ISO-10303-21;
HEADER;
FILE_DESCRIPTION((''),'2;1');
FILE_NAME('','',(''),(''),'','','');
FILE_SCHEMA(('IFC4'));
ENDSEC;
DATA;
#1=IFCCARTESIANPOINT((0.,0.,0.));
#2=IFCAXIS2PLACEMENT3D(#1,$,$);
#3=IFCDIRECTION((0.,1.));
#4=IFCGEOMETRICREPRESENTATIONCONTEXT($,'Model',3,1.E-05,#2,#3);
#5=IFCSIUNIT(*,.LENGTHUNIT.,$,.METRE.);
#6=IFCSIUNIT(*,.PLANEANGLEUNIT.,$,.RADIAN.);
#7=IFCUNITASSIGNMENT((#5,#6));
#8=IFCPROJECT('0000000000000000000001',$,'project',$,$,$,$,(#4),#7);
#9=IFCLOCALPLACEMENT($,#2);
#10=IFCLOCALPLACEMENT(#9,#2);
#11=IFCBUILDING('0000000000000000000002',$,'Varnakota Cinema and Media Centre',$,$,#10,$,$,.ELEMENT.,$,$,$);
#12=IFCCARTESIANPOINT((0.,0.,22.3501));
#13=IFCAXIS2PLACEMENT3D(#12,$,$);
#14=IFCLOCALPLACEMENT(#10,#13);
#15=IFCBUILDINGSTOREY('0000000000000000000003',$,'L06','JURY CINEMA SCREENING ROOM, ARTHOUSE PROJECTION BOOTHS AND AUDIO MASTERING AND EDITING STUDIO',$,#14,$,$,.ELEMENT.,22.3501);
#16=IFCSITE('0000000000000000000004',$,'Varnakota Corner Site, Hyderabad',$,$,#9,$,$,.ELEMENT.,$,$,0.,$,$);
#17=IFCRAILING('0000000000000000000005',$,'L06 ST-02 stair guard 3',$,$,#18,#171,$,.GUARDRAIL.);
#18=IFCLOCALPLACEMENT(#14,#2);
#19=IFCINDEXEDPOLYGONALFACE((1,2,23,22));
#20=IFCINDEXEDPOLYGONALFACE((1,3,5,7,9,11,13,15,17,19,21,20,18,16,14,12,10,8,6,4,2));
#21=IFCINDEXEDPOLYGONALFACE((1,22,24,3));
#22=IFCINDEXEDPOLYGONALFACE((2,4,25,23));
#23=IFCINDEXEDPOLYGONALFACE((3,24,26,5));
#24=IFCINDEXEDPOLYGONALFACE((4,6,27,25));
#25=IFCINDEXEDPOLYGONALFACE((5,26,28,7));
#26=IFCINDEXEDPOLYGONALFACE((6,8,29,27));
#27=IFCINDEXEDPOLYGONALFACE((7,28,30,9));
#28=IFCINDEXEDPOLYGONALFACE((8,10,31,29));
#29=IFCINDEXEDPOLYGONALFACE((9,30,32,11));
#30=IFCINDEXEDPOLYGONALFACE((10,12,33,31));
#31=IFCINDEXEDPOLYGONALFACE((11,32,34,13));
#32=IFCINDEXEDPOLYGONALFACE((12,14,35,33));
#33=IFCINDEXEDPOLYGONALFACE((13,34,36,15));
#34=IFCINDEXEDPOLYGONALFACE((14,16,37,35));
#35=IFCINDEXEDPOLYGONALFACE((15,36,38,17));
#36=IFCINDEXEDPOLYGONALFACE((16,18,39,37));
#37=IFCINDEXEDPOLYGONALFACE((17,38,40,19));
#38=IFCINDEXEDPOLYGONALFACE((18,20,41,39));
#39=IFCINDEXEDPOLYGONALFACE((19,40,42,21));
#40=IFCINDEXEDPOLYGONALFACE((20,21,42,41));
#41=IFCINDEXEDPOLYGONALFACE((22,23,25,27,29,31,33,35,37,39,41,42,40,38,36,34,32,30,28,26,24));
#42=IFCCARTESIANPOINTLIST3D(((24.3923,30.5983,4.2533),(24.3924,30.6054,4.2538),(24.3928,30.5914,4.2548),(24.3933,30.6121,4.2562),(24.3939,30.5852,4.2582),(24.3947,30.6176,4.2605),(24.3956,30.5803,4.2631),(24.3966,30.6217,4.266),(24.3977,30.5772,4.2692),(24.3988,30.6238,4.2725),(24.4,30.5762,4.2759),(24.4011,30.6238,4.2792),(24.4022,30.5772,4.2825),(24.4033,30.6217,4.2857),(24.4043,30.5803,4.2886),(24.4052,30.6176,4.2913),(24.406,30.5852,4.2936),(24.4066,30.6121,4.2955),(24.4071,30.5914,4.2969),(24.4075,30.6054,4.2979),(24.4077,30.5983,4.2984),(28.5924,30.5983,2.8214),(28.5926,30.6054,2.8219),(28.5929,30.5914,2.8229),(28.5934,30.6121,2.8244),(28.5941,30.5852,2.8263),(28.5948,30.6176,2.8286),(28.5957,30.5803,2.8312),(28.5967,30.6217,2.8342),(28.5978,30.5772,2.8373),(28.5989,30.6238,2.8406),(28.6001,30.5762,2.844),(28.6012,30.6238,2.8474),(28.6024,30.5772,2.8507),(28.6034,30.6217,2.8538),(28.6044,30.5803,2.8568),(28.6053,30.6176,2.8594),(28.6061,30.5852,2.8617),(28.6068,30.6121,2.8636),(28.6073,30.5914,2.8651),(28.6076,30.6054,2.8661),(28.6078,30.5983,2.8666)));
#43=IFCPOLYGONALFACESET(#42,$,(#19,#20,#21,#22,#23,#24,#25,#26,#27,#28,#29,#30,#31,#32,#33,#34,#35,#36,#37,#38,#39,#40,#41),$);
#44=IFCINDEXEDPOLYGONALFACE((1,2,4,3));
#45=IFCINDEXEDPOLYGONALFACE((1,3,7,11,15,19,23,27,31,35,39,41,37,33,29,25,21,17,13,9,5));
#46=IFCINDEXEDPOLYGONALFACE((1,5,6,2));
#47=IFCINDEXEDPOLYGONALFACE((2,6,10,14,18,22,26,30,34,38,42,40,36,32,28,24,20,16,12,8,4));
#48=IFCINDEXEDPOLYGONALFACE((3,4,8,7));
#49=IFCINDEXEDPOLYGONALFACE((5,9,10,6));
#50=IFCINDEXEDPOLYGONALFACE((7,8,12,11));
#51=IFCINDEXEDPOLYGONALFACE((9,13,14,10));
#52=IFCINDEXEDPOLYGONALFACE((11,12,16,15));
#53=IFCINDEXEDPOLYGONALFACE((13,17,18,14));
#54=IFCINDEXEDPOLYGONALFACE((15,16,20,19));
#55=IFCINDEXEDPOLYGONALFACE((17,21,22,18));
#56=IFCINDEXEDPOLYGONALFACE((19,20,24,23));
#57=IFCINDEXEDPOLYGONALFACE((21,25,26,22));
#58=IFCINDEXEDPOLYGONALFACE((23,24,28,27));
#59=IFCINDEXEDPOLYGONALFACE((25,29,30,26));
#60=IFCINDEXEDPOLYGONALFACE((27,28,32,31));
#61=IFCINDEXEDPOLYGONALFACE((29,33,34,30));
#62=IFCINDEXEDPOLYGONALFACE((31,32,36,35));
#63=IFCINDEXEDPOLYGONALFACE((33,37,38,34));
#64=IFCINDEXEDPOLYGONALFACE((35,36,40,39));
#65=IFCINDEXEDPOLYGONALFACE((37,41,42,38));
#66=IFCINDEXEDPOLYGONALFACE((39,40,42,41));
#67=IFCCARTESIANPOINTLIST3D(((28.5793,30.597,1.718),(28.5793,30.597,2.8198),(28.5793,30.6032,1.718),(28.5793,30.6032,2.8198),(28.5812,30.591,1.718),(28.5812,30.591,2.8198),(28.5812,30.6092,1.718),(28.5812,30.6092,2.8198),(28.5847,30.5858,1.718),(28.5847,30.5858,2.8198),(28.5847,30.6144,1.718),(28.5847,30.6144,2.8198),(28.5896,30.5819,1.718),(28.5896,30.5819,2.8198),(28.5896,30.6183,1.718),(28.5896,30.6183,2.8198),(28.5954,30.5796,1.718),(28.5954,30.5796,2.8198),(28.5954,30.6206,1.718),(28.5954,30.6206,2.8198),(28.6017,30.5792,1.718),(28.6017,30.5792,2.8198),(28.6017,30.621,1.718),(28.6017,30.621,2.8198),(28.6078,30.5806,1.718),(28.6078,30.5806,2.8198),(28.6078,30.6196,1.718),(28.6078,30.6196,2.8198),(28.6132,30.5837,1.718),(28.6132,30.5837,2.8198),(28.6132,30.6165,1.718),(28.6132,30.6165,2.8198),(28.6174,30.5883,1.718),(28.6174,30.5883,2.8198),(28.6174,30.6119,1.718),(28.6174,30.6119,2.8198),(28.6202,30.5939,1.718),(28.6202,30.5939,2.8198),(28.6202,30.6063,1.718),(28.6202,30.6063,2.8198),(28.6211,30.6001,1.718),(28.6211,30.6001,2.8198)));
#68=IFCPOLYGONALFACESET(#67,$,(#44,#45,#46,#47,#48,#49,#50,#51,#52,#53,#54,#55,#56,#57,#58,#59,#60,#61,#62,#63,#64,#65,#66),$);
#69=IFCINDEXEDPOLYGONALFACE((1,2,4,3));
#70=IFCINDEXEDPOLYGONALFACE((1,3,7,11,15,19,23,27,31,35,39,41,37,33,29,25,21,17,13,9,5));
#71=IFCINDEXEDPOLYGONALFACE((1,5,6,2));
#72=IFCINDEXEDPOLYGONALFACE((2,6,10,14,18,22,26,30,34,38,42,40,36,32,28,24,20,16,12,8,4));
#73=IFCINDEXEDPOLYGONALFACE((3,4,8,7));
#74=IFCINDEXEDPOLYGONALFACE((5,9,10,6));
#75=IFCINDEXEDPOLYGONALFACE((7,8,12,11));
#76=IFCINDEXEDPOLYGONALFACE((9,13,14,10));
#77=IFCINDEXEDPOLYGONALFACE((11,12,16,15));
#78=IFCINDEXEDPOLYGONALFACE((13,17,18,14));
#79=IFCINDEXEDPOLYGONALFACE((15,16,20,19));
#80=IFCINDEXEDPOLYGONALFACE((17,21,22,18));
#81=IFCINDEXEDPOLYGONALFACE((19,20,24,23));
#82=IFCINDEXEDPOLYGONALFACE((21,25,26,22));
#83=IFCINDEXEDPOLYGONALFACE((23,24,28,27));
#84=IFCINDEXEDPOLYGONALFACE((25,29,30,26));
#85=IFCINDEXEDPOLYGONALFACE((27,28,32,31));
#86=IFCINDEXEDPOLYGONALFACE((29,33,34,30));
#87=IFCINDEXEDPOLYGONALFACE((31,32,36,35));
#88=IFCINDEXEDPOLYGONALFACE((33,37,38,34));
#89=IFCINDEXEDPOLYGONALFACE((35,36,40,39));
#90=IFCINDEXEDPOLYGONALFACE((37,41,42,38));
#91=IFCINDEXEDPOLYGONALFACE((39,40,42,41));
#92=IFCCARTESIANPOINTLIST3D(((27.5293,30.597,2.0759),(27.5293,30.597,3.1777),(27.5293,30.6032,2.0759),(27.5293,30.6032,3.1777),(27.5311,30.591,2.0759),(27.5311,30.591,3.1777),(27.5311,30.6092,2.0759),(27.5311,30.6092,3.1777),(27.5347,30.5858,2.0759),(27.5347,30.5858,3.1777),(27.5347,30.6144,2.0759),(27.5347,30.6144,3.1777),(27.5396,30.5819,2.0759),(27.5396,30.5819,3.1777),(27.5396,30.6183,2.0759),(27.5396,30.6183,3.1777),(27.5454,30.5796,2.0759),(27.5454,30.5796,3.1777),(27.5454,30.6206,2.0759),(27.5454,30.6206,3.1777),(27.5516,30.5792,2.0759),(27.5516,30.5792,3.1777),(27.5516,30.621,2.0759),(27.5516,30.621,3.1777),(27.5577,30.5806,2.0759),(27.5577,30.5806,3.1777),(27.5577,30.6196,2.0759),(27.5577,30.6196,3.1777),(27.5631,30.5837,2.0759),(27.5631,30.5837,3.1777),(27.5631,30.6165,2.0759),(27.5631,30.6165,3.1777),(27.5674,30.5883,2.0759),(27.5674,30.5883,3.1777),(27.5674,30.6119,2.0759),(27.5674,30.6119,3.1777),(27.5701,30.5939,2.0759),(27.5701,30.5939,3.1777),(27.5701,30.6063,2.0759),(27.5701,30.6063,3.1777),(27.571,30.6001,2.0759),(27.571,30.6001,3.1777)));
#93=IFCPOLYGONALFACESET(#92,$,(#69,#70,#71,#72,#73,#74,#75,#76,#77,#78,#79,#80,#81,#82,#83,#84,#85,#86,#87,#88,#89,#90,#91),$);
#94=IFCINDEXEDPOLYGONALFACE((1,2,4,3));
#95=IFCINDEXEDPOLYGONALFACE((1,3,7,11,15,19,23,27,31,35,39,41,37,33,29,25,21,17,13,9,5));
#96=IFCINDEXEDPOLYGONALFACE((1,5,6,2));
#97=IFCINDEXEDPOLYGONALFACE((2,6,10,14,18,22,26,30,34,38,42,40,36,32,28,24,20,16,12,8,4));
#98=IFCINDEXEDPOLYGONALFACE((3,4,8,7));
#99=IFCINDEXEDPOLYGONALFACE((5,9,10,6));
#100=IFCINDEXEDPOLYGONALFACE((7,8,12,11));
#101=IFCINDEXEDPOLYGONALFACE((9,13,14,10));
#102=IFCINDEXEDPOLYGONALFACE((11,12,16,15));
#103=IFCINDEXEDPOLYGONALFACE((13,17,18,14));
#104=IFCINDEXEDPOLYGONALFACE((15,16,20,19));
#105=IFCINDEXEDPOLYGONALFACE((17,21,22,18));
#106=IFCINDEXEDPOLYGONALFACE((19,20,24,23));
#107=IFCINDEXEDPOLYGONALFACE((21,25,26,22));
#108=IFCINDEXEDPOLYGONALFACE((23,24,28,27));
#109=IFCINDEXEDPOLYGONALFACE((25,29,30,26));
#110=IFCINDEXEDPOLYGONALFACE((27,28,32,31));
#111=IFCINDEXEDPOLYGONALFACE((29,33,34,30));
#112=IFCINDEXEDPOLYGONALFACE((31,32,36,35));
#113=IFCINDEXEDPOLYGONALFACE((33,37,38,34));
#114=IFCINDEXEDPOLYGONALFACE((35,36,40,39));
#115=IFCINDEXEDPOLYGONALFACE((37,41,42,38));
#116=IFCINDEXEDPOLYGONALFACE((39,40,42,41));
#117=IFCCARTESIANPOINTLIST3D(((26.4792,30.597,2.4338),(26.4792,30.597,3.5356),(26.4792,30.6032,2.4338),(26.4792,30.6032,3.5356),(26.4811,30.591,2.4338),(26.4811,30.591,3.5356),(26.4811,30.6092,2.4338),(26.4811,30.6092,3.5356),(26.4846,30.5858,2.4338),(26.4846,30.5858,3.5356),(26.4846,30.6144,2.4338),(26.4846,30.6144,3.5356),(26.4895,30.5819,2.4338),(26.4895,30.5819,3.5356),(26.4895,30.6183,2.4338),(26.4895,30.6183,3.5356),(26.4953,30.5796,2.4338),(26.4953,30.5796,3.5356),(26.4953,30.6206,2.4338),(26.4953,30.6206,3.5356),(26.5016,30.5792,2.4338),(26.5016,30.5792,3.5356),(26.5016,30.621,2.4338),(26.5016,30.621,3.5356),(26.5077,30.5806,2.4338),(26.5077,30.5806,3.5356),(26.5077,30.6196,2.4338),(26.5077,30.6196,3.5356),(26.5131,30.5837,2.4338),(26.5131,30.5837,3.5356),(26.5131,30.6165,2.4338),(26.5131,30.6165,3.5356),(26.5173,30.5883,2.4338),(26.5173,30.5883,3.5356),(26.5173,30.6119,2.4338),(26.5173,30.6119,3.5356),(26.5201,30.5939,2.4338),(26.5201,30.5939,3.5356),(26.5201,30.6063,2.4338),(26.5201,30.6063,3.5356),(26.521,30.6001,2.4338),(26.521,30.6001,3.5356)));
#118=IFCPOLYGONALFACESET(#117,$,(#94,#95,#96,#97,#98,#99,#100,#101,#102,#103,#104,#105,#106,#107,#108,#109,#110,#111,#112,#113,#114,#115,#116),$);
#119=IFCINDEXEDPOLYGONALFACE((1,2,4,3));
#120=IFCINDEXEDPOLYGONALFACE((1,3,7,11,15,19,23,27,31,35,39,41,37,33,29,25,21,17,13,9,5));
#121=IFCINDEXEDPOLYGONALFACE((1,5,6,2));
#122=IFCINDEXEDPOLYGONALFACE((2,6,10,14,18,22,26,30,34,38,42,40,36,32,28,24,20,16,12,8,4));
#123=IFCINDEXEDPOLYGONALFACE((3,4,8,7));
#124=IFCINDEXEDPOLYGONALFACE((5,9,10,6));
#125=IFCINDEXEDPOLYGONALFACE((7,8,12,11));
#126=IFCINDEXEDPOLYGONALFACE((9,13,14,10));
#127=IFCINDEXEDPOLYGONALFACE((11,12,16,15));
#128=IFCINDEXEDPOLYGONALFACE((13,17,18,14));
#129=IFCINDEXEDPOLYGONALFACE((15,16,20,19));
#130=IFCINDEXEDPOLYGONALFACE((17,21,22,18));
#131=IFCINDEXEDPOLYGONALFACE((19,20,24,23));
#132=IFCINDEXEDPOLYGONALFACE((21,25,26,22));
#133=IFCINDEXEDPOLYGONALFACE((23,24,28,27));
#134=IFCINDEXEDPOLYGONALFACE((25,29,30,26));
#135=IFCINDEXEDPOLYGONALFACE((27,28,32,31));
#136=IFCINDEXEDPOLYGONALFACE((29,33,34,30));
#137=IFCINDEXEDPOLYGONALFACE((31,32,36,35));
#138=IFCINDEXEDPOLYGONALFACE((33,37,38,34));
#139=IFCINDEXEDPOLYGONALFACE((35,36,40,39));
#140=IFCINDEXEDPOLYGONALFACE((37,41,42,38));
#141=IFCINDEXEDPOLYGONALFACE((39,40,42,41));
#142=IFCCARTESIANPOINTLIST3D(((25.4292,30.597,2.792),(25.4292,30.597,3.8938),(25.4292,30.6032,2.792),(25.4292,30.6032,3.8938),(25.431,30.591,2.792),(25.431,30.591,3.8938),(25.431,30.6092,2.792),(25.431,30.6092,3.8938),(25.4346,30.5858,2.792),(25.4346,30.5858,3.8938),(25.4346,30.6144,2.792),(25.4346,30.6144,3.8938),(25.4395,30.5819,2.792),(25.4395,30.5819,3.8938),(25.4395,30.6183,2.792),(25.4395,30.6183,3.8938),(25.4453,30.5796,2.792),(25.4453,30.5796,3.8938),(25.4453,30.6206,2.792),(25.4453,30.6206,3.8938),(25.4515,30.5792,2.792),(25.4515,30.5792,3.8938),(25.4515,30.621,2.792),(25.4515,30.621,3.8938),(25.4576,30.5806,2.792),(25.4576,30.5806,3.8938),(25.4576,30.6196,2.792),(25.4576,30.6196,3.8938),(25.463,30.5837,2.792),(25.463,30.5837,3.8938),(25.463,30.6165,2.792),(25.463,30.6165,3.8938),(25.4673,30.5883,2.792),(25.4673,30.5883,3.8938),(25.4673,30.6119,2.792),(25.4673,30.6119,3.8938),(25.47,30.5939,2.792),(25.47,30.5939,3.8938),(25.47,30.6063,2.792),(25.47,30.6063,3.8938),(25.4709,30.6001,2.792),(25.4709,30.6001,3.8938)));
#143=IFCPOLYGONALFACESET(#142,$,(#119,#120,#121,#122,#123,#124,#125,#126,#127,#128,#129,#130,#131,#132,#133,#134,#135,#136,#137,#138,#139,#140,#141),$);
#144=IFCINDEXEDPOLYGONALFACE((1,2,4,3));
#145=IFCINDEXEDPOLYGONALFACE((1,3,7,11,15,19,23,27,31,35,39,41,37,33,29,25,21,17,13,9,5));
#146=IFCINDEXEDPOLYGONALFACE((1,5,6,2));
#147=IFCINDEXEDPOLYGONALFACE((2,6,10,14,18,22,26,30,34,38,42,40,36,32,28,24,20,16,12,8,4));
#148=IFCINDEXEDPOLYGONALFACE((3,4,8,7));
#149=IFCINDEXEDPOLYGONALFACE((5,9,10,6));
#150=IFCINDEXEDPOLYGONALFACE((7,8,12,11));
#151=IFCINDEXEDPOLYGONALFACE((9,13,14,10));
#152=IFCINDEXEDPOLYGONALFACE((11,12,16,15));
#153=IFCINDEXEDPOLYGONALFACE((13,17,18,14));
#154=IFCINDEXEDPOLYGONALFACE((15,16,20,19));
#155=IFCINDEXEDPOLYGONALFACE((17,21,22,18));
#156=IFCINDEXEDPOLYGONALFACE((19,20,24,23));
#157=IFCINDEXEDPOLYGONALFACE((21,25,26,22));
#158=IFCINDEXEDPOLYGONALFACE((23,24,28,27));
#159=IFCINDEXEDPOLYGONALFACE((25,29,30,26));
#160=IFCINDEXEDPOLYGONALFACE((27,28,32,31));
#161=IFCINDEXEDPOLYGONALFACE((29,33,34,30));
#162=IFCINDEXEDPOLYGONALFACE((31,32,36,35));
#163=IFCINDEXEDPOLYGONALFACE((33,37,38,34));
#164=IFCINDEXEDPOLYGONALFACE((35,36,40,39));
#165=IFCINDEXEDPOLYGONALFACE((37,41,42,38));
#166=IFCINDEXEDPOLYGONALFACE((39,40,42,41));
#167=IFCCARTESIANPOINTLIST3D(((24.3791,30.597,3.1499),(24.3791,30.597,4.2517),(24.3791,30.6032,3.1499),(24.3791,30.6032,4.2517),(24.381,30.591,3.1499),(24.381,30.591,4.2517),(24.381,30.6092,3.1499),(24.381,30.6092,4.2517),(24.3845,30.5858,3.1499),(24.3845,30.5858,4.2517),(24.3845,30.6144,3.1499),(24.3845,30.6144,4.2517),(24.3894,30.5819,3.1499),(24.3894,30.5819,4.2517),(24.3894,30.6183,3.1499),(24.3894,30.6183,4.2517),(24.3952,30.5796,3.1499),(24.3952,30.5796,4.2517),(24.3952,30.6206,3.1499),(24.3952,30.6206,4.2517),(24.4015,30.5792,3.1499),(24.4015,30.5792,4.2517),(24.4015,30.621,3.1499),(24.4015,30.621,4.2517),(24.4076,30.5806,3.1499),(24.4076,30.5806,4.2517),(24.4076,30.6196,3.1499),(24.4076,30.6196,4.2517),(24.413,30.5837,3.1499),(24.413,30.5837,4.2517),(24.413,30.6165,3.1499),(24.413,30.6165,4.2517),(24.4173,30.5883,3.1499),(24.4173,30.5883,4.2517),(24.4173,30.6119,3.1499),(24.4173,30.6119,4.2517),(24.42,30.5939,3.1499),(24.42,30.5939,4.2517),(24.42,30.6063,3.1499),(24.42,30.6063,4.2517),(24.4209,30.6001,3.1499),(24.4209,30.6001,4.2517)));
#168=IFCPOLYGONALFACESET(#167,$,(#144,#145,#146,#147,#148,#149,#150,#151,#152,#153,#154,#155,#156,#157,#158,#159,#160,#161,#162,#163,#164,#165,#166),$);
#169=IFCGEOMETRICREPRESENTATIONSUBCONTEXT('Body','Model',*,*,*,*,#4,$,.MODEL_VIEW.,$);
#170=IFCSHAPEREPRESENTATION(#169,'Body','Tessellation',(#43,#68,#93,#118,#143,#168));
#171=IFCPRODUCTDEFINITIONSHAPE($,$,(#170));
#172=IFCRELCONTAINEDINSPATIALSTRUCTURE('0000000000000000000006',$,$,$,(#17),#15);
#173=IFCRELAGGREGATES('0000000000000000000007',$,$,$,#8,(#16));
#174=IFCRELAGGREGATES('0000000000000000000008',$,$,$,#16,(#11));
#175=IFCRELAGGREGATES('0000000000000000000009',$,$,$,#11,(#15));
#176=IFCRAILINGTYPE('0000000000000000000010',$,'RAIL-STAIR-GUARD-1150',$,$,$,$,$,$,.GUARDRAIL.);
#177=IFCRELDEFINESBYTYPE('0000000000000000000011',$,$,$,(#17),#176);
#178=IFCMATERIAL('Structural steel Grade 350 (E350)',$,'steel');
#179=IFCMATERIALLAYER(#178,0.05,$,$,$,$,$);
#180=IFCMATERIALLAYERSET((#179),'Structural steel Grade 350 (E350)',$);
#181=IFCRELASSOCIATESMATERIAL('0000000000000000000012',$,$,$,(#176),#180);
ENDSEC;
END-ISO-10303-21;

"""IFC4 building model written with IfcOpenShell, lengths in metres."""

from ifc_helpers import new_model, si_unit, direction, frame, origin, origin_2d, place, context, subcontext, project, spatial, circle, extrude, material, layer, layer_set, type_object, element, save


model = new_model("IFC4")

# Units and contexts
model_context = context("Model", 3, precision=1e-05, world=origin(), true_north=direction((0.0, 1.0)))
body_context = subcontext(model_context, "Body", "Model", "MODEL_VIEW")
ifc_project = project(units=[si_unit("LENGTHUNIT", "METRE"), si_unit("PLANEANGLEUNIT", "RADIAN")], contexts=[model_context])

# Site, building, storey
site_placement = place(None, origin())
site = spatial("IfcSite", under=ifc_project, at=site_placement, Name="Varnakota Corner Site, Hyderabad", CompositionType="ELEMENT", RefElevation=0.0)
building_placement = place(site_placement, origin())
building = spatial("IfcBuilding", under=site, at=building_placement, Name="Varnakota Cinema and Media Centre", CompositionType="ELEMENT")
storey_placement = place(building_placement, frame((0.0, 0.0, 22.3501)))
storey = spatial("IfcBuildingStorey", under=building, at=storey_placement, Name="L06", Description="JURY CINEMA SCREENING ROOM, ARTHOUSE PROJECTION BOOTHS AND AUDIO MASTERING AND EDITING STUDIO", CompositionType="ELEMENT", Elevation=22.3501)

# Railing
ifc_material_1 = material(Name="Structural steel Grade 350 (E350)", Category="steel")
ifc_layer_1 = layer(ifc_material_1, 0.05)
ifc_layer_set_1 = layer_set([ifc_layer_1], Name="Structural steel Grade 350 (E350)")
railing_type_1 = type_object("IfcRailingType", Name="RAIL-STAIR-GUARD-1150", PredefinedType="GUARDRAIL", material=ifc_layer_set_1)
railing_1_placement = place(storey_placement, frame((28.6001, 30.6001, 1.718)))
element("IfcRailing", 1, at=railing_1_placement, inside=storey, type_object=railing_type_1, Name="L06 ST-02 stair guard 3", PredefinedType="GUARDRAIL", context=body_context, shape_type="SweptSolid", body=[
    extrude(circle(Radius=0.0239, at=origin_2d()), frame((0.0, 0.0, 1.126), z_axis=(-0.94651, 0.0, 0.322674), x_axis=(0.0, -1.0, 0.0)), (0.0, 0.0, 1.0), 4.4375),
    extrude(circle(Radius=0.021, at=origin_2d()), origin(), (0.0, 0.0, 1.0), 1.1018),
    extrude(circle(Radius=0.021, at=origin_2d()), frame((-1.05, 0.0, 0.3579)), (0.0, 0.0, 1.0), 1.1018),
    extrude(circle(Radius=0.021, at=origin_2d()), frame((-2.1001, 0.0, 0.7158)), (0.0, 0.0, 1.0), 1.1018),
    extrude(circle(Radius=0.021, at=origin_2d()), frame((-3.1501, 0.0, 1.074)), (0.0, 0.0, 1.0), 1.1018),
    extrude(circle(Radius=0.021, at=origin_2d()), frame((-4.2002, 0.0, 1.4319)), (0.0, 0.0, 1.0), 1.1018),
])

save(model, "model.ifc")
